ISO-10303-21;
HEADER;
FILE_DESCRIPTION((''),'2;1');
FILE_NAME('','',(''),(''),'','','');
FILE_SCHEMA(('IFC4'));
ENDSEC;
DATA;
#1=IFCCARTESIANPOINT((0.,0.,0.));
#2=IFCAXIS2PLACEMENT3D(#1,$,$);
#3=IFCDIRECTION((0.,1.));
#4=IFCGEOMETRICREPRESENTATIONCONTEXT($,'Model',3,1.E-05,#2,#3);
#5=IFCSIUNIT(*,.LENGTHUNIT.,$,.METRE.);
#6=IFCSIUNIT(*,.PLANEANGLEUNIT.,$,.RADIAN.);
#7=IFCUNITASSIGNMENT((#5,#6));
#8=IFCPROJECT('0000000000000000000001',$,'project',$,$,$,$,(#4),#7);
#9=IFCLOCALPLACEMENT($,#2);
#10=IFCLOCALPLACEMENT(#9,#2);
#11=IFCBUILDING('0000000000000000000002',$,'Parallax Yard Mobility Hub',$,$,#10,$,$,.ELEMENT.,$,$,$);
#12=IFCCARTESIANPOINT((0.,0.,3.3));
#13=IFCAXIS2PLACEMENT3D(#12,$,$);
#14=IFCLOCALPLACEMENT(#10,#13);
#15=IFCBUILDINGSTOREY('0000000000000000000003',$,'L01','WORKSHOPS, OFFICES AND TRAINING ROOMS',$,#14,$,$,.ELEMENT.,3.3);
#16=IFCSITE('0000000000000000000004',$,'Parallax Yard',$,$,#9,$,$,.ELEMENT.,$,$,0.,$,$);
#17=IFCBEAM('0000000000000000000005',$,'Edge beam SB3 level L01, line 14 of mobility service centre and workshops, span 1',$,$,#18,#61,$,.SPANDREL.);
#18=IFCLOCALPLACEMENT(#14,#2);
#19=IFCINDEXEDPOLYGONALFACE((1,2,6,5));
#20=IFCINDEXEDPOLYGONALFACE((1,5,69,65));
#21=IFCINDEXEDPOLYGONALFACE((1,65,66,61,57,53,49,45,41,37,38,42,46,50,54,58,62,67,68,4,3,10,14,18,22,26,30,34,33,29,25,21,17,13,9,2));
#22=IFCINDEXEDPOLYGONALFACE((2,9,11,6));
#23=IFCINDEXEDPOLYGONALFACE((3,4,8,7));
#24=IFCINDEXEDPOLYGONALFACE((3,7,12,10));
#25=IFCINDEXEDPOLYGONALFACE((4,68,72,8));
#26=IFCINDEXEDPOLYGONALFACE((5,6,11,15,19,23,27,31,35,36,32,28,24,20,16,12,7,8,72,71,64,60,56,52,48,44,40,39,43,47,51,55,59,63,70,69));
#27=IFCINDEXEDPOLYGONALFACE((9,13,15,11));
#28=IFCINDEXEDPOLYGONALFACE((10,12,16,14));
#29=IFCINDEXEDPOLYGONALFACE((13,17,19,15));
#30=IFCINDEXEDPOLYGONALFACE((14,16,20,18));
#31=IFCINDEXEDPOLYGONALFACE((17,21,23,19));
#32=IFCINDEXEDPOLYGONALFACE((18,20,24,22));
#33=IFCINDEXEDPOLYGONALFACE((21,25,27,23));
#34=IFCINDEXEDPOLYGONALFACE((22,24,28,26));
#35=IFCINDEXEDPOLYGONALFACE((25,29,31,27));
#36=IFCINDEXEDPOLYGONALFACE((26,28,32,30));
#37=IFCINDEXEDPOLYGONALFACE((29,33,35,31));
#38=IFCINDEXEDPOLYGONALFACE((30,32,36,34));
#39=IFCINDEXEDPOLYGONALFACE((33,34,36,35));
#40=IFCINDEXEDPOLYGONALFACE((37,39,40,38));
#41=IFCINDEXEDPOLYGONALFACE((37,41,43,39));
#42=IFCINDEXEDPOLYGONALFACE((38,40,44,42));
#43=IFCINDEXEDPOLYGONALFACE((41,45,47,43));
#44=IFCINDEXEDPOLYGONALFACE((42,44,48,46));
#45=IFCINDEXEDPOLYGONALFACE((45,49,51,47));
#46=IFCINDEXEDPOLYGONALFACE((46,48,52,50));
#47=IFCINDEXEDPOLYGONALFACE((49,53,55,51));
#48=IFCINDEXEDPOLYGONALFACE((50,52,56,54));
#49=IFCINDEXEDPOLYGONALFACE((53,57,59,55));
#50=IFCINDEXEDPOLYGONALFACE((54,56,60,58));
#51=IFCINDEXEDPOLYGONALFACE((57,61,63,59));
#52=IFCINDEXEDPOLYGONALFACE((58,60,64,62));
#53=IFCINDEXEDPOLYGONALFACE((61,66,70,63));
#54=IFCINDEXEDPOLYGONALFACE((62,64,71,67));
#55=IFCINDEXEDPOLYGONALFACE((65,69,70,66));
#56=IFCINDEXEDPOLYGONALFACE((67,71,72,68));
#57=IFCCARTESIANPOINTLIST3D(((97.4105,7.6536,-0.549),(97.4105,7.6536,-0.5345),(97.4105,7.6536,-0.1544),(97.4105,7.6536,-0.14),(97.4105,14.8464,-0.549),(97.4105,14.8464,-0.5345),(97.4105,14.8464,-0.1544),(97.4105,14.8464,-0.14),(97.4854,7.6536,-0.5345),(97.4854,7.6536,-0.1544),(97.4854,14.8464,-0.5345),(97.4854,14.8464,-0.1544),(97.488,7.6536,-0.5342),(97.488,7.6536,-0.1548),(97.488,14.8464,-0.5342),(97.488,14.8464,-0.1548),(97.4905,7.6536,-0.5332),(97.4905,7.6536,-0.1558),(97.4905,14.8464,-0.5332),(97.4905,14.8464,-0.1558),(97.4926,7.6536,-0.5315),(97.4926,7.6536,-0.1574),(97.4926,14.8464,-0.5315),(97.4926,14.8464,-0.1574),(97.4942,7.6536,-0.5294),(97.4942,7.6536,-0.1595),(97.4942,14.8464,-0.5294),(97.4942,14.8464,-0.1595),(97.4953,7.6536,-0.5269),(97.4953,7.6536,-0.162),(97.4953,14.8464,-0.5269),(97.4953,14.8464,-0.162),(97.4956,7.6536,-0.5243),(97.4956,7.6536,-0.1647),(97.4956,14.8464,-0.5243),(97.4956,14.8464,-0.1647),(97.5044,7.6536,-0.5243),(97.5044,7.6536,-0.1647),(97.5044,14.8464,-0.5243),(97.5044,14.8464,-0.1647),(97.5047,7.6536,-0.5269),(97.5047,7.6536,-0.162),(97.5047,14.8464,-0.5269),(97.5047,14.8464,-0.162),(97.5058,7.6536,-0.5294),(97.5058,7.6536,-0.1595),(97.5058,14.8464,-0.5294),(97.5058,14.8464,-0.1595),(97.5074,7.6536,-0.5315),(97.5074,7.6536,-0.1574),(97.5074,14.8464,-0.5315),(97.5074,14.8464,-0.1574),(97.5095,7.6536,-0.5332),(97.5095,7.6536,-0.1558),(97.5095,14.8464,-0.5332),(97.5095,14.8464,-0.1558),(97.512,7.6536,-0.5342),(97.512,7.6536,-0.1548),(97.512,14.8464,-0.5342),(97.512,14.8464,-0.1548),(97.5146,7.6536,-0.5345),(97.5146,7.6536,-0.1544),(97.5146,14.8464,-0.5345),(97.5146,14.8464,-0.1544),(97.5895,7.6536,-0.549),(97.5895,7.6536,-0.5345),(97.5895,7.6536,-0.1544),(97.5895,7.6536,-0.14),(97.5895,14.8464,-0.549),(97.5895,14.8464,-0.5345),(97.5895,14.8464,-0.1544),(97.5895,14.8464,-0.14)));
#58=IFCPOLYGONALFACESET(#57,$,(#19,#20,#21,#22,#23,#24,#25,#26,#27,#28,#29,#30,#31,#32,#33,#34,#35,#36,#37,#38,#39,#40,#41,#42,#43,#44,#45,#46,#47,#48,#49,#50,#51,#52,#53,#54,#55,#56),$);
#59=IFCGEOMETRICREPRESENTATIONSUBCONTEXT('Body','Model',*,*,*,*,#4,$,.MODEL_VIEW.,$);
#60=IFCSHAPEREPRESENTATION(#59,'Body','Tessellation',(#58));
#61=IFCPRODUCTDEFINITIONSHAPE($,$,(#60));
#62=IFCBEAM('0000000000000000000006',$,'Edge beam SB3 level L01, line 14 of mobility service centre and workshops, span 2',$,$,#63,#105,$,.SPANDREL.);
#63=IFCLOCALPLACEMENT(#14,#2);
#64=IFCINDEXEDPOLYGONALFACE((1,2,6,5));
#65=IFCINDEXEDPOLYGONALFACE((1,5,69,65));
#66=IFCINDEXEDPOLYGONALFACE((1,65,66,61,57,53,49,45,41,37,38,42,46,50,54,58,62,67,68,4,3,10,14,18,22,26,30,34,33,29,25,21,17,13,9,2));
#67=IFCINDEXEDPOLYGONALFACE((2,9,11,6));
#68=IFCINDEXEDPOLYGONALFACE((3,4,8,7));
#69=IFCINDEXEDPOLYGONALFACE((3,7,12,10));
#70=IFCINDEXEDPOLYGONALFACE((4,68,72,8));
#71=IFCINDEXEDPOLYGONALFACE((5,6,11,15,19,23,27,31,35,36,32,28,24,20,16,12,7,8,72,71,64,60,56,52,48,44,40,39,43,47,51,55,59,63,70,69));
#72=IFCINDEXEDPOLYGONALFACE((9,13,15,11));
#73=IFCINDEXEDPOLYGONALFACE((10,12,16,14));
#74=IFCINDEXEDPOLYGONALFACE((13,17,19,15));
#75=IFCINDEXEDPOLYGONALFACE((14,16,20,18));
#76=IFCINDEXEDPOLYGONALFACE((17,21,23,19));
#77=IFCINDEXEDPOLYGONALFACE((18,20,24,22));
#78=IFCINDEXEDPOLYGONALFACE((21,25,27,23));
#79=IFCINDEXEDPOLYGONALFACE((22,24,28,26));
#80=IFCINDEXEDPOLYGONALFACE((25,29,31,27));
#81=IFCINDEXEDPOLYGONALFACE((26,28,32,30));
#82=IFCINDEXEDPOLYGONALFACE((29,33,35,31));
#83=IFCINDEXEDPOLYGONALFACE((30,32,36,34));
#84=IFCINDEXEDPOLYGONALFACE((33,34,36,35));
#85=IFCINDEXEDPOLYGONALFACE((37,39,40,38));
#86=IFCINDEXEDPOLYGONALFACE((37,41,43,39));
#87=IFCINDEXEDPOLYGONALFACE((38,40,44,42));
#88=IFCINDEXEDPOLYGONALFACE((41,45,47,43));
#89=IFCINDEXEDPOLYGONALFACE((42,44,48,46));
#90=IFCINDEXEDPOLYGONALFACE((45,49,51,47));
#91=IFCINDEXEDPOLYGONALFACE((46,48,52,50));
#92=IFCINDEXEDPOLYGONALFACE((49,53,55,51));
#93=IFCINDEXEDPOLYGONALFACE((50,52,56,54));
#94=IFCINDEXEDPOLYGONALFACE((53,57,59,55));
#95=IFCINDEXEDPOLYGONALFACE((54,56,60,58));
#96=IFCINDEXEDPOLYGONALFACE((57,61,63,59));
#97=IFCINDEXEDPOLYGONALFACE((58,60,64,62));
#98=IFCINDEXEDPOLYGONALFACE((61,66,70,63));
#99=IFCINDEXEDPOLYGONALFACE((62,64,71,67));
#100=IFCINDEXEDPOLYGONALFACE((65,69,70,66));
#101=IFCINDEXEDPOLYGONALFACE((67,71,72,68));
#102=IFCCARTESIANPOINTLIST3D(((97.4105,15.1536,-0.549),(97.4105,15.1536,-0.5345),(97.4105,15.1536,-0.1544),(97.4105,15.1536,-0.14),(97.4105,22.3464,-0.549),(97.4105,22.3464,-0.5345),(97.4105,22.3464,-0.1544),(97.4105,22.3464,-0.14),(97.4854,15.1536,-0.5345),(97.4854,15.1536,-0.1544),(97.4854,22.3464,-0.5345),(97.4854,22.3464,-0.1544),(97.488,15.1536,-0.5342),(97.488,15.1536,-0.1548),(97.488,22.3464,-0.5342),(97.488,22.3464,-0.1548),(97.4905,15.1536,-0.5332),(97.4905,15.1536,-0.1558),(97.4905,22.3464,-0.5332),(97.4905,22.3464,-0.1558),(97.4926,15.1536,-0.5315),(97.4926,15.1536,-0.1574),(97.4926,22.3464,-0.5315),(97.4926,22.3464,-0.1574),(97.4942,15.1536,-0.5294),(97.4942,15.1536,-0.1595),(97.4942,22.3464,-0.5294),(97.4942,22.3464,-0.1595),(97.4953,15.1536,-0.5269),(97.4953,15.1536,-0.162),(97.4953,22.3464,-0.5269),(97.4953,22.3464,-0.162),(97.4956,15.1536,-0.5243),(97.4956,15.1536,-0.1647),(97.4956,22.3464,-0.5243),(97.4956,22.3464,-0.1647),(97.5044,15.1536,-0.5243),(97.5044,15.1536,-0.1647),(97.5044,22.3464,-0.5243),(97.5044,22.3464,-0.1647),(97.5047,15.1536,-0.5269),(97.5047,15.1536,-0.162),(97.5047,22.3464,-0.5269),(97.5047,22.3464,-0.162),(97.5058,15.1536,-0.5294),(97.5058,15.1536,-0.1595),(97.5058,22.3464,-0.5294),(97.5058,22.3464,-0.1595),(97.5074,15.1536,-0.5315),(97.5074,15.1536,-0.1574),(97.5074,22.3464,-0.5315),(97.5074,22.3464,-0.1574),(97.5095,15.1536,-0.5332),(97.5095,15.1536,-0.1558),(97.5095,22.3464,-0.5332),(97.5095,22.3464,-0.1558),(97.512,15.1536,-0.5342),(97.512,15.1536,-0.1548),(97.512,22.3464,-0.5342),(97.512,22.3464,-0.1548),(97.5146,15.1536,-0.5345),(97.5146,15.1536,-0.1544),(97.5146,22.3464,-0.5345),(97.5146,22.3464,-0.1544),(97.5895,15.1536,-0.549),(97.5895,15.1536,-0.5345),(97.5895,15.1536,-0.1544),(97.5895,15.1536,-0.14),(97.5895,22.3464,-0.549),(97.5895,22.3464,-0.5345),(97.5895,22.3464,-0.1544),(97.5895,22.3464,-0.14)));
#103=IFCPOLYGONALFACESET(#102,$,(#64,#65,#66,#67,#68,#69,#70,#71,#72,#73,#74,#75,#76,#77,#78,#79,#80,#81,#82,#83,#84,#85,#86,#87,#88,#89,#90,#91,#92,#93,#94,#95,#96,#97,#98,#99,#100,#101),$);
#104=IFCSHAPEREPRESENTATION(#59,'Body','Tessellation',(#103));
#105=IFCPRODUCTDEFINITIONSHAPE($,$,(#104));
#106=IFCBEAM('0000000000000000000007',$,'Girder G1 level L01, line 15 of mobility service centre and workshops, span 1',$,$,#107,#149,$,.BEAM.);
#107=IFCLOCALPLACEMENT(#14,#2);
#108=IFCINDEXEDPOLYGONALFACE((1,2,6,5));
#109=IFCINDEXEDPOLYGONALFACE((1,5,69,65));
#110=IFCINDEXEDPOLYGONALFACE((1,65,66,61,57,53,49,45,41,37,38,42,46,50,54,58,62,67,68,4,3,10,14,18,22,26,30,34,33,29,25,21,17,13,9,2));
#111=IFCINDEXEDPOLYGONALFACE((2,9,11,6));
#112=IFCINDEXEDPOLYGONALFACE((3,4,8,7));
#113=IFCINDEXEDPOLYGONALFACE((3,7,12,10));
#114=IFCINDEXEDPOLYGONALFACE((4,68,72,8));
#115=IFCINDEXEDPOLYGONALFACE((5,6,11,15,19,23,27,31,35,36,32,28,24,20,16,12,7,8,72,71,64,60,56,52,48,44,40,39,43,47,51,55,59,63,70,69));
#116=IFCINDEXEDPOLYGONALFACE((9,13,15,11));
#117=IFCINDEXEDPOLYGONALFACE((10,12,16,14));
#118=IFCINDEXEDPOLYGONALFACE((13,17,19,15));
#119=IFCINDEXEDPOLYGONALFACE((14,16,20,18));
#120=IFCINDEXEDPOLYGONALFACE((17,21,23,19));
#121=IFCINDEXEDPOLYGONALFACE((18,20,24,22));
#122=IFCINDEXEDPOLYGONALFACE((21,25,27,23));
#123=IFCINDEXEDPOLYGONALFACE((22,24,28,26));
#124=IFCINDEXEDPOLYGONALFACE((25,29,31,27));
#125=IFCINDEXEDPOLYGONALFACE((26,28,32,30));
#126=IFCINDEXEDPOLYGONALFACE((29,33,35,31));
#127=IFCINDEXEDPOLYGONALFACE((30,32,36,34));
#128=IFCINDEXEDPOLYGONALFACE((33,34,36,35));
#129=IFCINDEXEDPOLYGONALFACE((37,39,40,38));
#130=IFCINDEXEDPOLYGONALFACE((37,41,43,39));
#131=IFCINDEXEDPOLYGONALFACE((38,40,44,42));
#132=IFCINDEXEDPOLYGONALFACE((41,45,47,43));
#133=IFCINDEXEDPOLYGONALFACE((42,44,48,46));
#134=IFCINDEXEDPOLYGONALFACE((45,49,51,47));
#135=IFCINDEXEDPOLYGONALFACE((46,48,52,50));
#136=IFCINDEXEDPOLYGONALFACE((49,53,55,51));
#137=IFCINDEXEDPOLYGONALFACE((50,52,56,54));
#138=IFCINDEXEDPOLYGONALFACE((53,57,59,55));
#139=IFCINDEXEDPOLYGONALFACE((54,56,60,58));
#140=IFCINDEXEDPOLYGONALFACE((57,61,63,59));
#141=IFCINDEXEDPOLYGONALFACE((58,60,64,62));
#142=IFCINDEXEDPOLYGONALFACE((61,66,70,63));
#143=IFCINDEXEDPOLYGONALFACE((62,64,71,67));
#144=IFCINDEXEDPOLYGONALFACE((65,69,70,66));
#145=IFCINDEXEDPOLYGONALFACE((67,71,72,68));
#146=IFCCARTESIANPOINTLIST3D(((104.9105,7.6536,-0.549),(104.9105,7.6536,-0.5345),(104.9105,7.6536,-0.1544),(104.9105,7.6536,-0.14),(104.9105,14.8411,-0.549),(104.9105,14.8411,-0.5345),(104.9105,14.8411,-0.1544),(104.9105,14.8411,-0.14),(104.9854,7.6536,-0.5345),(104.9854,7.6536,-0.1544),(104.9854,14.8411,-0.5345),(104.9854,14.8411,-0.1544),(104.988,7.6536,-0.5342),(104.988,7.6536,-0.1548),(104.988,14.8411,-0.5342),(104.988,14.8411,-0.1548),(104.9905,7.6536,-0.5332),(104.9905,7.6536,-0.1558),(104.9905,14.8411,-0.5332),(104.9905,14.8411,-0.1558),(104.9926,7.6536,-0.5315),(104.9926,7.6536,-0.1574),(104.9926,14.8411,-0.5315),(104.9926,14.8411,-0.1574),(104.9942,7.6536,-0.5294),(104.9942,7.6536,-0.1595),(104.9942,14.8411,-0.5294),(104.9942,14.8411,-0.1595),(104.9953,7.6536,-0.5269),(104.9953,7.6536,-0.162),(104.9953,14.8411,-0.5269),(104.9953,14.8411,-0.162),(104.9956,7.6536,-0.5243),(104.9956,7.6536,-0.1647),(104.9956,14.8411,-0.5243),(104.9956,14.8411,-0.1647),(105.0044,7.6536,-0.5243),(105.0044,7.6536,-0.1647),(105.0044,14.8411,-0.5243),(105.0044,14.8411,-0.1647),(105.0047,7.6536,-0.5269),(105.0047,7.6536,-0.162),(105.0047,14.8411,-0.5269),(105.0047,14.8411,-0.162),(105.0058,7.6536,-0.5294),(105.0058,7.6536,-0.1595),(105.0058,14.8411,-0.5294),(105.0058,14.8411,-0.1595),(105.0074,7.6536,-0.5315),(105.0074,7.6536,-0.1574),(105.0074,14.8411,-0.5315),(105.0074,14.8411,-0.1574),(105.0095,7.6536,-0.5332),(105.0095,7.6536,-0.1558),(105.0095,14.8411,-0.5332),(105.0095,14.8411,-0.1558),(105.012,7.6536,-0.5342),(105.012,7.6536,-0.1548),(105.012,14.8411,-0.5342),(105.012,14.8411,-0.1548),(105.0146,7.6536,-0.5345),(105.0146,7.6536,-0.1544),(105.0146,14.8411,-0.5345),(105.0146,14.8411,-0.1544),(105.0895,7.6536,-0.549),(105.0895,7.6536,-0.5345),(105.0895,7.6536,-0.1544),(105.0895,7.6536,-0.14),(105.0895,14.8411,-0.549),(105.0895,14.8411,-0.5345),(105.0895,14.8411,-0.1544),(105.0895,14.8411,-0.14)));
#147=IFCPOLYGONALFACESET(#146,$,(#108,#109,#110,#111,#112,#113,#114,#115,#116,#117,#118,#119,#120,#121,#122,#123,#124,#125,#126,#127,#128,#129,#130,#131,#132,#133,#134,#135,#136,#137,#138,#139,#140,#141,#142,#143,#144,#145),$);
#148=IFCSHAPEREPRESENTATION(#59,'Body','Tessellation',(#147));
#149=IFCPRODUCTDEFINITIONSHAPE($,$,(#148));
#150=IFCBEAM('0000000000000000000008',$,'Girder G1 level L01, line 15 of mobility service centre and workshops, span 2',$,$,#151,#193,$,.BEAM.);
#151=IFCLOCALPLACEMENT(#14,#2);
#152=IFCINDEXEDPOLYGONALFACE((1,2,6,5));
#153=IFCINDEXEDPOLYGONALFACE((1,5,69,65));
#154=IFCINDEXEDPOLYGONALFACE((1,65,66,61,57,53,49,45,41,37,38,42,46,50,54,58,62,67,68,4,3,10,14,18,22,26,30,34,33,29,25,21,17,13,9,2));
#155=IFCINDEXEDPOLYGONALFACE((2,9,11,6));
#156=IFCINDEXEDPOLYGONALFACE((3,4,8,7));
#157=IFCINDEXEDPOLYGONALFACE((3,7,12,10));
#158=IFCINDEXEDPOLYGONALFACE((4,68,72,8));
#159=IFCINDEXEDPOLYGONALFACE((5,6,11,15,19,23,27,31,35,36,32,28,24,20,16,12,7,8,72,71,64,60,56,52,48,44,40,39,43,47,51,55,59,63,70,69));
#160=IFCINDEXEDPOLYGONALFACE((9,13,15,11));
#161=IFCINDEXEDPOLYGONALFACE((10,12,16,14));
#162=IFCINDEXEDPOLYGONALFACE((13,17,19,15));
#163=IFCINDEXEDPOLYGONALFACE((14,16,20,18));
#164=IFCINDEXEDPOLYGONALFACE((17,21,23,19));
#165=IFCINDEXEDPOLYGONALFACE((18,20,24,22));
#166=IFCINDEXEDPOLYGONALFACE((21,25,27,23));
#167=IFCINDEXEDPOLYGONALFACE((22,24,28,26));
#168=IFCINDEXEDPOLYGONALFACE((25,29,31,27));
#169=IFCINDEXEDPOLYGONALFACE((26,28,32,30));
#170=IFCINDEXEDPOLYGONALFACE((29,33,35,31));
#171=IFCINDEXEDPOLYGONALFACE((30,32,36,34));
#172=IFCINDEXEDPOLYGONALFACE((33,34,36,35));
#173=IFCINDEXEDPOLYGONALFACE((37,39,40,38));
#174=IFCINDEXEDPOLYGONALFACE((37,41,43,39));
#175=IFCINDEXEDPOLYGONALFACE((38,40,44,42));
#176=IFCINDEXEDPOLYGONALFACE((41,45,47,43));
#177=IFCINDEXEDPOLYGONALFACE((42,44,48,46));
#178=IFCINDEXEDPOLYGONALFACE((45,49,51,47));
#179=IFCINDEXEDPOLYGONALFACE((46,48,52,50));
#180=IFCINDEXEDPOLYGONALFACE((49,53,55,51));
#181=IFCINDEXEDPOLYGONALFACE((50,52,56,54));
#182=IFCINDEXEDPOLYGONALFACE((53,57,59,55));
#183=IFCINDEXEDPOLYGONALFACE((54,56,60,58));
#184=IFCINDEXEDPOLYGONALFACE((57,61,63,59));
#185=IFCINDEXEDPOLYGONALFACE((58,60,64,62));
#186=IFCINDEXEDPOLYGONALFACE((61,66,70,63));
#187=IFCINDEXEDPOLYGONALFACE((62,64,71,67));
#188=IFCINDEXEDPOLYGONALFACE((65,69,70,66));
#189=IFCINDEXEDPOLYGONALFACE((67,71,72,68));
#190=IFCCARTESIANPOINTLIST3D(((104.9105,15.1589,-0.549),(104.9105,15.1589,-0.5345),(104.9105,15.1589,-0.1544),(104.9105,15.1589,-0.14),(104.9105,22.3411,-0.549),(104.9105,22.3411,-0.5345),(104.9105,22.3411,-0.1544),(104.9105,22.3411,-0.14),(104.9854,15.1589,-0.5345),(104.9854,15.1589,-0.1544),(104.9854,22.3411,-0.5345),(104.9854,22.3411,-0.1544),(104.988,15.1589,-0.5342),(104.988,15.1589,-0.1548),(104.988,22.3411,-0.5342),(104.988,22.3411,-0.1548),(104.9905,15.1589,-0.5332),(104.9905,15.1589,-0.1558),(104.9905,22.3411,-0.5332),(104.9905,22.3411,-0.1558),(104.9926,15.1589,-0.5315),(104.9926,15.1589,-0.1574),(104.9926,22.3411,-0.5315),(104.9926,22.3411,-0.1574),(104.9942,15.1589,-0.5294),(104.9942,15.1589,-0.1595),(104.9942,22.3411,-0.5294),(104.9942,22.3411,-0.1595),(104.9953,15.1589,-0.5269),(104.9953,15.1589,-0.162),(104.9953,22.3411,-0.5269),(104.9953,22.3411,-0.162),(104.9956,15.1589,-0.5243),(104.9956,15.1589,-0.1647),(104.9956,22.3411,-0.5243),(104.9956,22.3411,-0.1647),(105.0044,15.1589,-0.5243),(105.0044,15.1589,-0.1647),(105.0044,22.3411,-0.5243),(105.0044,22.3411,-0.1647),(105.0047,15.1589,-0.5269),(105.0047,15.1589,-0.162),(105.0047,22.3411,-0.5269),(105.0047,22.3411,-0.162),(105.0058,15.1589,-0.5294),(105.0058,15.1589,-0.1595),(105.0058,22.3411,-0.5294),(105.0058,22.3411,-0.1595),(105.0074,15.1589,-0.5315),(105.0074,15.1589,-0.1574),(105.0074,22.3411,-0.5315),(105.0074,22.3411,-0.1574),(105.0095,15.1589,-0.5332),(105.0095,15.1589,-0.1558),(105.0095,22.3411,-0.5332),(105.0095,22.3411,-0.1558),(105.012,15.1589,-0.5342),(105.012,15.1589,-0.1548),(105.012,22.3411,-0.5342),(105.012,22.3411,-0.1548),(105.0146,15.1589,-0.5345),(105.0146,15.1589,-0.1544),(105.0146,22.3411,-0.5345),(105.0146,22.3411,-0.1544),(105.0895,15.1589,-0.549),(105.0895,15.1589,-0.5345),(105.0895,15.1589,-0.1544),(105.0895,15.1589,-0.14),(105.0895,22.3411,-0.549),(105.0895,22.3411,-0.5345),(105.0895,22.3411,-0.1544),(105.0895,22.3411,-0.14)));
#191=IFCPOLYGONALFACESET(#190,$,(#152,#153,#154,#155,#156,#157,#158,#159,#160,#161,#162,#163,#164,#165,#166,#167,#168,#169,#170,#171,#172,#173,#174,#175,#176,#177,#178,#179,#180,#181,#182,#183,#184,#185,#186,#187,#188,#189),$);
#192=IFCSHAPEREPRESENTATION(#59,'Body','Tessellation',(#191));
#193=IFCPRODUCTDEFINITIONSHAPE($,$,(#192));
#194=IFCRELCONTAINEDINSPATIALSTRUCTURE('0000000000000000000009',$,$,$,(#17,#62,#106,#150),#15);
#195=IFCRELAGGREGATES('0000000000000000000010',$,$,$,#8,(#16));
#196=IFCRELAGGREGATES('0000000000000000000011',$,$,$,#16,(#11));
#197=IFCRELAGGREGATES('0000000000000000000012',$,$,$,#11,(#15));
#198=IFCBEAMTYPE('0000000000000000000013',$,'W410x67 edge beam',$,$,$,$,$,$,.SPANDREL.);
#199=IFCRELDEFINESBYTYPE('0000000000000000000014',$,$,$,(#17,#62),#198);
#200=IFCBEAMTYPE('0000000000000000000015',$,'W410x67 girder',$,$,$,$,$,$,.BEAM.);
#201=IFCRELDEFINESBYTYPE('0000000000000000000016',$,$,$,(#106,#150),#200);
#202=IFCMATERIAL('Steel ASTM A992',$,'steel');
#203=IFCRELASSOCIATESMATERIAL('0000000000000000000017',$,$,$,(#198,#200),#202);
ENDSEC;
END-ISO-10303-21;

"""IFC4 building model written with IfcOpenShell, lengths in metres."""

from ifc_helpers import new_model, si_unit, direction, frame, origin, origin_2d, place, context, subcontext, project, spatial, i_section, extrude, material, material_profile, profile_set, type_object, element, save


model = new_model("IFC4")

# Units and contexts
model_context = context("Model", 3, precision=1e-05, world=origin(), true_north=direction((0.0, 1.0)))
body_context = subcontext(model_context, "Body", "Model", "MODEL_VIEW")
ifc_project = project(units=[si_unit("LENGTHUNIT", "METRE"), si_unit("PLANEANGLEUNIT", "RADIAN")], contexts=[model_context])

# Site, building, storey
site_placement = place(None, origin())
site = spatial("IfcSite", under=ifc_project, at=site_placement, Name="Parallax Yard", CompositionType="ELEMENT", RefElevation=0.0)
building_placement = place(site_placement, origin())
building = spatial("IfcBuilding", under=site, at=building_placement, Name="Parallax Yard Mobility Hub", CompositionType="ELEMENT")
storey_placement = place(building_placement, frame((0.0, 0.0, 3.3)))
storey = spatial("IfcBuildingStorey", under=building, at=storey_placement, Name="L01", Description="WORKSHOPS, OFFICES AND TRAINING ROOMS", CompositionType="ELEMENT", Elevation=3.3)

# Shared definitions
ifc_material_1 = material(Name="Steel ASTM A992", Category="steel")

# Beams
ifc_material_profile_1 = material_profile(ifc_material_1, i_section(OverallWidth=0.179, OverallDepth=0.4089, WebThickness=0.0088, FlangeThickness=0.0144, FilletRadius=0.0103, at=origin_2d()), Name="W410x67")
ifc_profile_set_1 = profile_set([ifc_material_profile_1], Name="Steel ASTM A992")
beam_type_1 = type_object("IfcBeamType", Name="W410x67 edge beam", PredefinedType="SPANDREL", material=ifc_profile_set_1)
for number, where, z_axis, x_axis, name in (
    (1, (97.5, 7.6536, -0.3445), (0.0, 1.0, 0.0), (-1.0, 0.0, 0.0), "Edge beam SB3 level L01, line 14 of mobility service centre and workshops, span 1"),
    (2, (97.5, 15.1536, -0.3445), (0.0, 1.0, 0.0), (-1.0, 0.0, 0.0), "Edge beam SB3 level L01, line 14 of mobility service centre and workshops, span 2"),
):
    element("IfcBeam", number, at=place(storey_placement, frame(where, z_axis=z_axis, x_axis=x_axis)), inside=storey, type_object=beam_type_1, Name=name, PredefinedType="SPANDREL", context=body_context, shape_type="SweptSolid", body=[
        extrude(i_section(OverallWidth=0.179, OverallDepth=0.4089, WebThickness=0.0088, FlangeThickness=0.0144, FilletRadius=0.0103, at=origin_2d()), origin(), (0.0, 0.0, 1.0), 7.1929),
    ])
ifc_material_profile_2 = material_profile(ifc_material_1, i_section(OverallWidth=0.179, OverallDepth=0.4089, WebThickness=0.0088, FlangeThickness=0.0144, FilletRadius=0.0103, at=origin_2d()), Name="W410x67")
ifc_profile_set_2 = profile_set([ifc_material_profile_2], Name="Steel ASTM A992")
beam_type_2 = type_object("IfcBeamType", Name="W410x67 girder", PredefinedType="BEAM", material=ifc_profile_set_2)
beam_1_placement = place(storey_placement, frame((105.0, 7.6536, -0.3445), z_axis=(0.0, 1.0, 0.0), x_axis=(-1.0, 0.0, 0.0)))
element("IfcBeam", 3, at=beam_1_placement, inside=storey, type_object=beam_type_2, Name="Girder G1 level L01, line 15 of mobility service centre and workshops, span 1", PredefinedType="BEAM", context=body_context, shape_type="SweptSolid", body=[
    extrude(i_section(OverallWidth=0.179, OverallDepth=0.4089, WebThickness=0.0088, FlangeThickness=0.0144, FilletRadius=0.0103, at=origin_2d()), origin(), (0.0, 0.0, 1.0), 7.1875),
])
beam_2_placement = place(storey_placement, frame((105.0, 15.1589, -0.3445), z_axis=(0.0, 1.0, 0.0), x_axis=(-1.0, 0.0, 0.0)))
element("IfcBeam", 4, at=beam_2_placement, inside=storey, type_object=beam_type_2, Name="Girder G1 level L01, line 15 of mobility service centre and workshops, span 2", PredefinedType="BEAM", context=body_context, shape_type="SweptSolid", body=[
    extrude(i_section(OverallWidth=0.179, OverallDepth=0.4089, WebThickness=0.0088, FlangeThickness=0.0144, FilletRadius=0.0103, at=origin_2d()), origin(), (0.0, 0.0, 1.0), 7.1821),
])

save(model, "model.ifc")
